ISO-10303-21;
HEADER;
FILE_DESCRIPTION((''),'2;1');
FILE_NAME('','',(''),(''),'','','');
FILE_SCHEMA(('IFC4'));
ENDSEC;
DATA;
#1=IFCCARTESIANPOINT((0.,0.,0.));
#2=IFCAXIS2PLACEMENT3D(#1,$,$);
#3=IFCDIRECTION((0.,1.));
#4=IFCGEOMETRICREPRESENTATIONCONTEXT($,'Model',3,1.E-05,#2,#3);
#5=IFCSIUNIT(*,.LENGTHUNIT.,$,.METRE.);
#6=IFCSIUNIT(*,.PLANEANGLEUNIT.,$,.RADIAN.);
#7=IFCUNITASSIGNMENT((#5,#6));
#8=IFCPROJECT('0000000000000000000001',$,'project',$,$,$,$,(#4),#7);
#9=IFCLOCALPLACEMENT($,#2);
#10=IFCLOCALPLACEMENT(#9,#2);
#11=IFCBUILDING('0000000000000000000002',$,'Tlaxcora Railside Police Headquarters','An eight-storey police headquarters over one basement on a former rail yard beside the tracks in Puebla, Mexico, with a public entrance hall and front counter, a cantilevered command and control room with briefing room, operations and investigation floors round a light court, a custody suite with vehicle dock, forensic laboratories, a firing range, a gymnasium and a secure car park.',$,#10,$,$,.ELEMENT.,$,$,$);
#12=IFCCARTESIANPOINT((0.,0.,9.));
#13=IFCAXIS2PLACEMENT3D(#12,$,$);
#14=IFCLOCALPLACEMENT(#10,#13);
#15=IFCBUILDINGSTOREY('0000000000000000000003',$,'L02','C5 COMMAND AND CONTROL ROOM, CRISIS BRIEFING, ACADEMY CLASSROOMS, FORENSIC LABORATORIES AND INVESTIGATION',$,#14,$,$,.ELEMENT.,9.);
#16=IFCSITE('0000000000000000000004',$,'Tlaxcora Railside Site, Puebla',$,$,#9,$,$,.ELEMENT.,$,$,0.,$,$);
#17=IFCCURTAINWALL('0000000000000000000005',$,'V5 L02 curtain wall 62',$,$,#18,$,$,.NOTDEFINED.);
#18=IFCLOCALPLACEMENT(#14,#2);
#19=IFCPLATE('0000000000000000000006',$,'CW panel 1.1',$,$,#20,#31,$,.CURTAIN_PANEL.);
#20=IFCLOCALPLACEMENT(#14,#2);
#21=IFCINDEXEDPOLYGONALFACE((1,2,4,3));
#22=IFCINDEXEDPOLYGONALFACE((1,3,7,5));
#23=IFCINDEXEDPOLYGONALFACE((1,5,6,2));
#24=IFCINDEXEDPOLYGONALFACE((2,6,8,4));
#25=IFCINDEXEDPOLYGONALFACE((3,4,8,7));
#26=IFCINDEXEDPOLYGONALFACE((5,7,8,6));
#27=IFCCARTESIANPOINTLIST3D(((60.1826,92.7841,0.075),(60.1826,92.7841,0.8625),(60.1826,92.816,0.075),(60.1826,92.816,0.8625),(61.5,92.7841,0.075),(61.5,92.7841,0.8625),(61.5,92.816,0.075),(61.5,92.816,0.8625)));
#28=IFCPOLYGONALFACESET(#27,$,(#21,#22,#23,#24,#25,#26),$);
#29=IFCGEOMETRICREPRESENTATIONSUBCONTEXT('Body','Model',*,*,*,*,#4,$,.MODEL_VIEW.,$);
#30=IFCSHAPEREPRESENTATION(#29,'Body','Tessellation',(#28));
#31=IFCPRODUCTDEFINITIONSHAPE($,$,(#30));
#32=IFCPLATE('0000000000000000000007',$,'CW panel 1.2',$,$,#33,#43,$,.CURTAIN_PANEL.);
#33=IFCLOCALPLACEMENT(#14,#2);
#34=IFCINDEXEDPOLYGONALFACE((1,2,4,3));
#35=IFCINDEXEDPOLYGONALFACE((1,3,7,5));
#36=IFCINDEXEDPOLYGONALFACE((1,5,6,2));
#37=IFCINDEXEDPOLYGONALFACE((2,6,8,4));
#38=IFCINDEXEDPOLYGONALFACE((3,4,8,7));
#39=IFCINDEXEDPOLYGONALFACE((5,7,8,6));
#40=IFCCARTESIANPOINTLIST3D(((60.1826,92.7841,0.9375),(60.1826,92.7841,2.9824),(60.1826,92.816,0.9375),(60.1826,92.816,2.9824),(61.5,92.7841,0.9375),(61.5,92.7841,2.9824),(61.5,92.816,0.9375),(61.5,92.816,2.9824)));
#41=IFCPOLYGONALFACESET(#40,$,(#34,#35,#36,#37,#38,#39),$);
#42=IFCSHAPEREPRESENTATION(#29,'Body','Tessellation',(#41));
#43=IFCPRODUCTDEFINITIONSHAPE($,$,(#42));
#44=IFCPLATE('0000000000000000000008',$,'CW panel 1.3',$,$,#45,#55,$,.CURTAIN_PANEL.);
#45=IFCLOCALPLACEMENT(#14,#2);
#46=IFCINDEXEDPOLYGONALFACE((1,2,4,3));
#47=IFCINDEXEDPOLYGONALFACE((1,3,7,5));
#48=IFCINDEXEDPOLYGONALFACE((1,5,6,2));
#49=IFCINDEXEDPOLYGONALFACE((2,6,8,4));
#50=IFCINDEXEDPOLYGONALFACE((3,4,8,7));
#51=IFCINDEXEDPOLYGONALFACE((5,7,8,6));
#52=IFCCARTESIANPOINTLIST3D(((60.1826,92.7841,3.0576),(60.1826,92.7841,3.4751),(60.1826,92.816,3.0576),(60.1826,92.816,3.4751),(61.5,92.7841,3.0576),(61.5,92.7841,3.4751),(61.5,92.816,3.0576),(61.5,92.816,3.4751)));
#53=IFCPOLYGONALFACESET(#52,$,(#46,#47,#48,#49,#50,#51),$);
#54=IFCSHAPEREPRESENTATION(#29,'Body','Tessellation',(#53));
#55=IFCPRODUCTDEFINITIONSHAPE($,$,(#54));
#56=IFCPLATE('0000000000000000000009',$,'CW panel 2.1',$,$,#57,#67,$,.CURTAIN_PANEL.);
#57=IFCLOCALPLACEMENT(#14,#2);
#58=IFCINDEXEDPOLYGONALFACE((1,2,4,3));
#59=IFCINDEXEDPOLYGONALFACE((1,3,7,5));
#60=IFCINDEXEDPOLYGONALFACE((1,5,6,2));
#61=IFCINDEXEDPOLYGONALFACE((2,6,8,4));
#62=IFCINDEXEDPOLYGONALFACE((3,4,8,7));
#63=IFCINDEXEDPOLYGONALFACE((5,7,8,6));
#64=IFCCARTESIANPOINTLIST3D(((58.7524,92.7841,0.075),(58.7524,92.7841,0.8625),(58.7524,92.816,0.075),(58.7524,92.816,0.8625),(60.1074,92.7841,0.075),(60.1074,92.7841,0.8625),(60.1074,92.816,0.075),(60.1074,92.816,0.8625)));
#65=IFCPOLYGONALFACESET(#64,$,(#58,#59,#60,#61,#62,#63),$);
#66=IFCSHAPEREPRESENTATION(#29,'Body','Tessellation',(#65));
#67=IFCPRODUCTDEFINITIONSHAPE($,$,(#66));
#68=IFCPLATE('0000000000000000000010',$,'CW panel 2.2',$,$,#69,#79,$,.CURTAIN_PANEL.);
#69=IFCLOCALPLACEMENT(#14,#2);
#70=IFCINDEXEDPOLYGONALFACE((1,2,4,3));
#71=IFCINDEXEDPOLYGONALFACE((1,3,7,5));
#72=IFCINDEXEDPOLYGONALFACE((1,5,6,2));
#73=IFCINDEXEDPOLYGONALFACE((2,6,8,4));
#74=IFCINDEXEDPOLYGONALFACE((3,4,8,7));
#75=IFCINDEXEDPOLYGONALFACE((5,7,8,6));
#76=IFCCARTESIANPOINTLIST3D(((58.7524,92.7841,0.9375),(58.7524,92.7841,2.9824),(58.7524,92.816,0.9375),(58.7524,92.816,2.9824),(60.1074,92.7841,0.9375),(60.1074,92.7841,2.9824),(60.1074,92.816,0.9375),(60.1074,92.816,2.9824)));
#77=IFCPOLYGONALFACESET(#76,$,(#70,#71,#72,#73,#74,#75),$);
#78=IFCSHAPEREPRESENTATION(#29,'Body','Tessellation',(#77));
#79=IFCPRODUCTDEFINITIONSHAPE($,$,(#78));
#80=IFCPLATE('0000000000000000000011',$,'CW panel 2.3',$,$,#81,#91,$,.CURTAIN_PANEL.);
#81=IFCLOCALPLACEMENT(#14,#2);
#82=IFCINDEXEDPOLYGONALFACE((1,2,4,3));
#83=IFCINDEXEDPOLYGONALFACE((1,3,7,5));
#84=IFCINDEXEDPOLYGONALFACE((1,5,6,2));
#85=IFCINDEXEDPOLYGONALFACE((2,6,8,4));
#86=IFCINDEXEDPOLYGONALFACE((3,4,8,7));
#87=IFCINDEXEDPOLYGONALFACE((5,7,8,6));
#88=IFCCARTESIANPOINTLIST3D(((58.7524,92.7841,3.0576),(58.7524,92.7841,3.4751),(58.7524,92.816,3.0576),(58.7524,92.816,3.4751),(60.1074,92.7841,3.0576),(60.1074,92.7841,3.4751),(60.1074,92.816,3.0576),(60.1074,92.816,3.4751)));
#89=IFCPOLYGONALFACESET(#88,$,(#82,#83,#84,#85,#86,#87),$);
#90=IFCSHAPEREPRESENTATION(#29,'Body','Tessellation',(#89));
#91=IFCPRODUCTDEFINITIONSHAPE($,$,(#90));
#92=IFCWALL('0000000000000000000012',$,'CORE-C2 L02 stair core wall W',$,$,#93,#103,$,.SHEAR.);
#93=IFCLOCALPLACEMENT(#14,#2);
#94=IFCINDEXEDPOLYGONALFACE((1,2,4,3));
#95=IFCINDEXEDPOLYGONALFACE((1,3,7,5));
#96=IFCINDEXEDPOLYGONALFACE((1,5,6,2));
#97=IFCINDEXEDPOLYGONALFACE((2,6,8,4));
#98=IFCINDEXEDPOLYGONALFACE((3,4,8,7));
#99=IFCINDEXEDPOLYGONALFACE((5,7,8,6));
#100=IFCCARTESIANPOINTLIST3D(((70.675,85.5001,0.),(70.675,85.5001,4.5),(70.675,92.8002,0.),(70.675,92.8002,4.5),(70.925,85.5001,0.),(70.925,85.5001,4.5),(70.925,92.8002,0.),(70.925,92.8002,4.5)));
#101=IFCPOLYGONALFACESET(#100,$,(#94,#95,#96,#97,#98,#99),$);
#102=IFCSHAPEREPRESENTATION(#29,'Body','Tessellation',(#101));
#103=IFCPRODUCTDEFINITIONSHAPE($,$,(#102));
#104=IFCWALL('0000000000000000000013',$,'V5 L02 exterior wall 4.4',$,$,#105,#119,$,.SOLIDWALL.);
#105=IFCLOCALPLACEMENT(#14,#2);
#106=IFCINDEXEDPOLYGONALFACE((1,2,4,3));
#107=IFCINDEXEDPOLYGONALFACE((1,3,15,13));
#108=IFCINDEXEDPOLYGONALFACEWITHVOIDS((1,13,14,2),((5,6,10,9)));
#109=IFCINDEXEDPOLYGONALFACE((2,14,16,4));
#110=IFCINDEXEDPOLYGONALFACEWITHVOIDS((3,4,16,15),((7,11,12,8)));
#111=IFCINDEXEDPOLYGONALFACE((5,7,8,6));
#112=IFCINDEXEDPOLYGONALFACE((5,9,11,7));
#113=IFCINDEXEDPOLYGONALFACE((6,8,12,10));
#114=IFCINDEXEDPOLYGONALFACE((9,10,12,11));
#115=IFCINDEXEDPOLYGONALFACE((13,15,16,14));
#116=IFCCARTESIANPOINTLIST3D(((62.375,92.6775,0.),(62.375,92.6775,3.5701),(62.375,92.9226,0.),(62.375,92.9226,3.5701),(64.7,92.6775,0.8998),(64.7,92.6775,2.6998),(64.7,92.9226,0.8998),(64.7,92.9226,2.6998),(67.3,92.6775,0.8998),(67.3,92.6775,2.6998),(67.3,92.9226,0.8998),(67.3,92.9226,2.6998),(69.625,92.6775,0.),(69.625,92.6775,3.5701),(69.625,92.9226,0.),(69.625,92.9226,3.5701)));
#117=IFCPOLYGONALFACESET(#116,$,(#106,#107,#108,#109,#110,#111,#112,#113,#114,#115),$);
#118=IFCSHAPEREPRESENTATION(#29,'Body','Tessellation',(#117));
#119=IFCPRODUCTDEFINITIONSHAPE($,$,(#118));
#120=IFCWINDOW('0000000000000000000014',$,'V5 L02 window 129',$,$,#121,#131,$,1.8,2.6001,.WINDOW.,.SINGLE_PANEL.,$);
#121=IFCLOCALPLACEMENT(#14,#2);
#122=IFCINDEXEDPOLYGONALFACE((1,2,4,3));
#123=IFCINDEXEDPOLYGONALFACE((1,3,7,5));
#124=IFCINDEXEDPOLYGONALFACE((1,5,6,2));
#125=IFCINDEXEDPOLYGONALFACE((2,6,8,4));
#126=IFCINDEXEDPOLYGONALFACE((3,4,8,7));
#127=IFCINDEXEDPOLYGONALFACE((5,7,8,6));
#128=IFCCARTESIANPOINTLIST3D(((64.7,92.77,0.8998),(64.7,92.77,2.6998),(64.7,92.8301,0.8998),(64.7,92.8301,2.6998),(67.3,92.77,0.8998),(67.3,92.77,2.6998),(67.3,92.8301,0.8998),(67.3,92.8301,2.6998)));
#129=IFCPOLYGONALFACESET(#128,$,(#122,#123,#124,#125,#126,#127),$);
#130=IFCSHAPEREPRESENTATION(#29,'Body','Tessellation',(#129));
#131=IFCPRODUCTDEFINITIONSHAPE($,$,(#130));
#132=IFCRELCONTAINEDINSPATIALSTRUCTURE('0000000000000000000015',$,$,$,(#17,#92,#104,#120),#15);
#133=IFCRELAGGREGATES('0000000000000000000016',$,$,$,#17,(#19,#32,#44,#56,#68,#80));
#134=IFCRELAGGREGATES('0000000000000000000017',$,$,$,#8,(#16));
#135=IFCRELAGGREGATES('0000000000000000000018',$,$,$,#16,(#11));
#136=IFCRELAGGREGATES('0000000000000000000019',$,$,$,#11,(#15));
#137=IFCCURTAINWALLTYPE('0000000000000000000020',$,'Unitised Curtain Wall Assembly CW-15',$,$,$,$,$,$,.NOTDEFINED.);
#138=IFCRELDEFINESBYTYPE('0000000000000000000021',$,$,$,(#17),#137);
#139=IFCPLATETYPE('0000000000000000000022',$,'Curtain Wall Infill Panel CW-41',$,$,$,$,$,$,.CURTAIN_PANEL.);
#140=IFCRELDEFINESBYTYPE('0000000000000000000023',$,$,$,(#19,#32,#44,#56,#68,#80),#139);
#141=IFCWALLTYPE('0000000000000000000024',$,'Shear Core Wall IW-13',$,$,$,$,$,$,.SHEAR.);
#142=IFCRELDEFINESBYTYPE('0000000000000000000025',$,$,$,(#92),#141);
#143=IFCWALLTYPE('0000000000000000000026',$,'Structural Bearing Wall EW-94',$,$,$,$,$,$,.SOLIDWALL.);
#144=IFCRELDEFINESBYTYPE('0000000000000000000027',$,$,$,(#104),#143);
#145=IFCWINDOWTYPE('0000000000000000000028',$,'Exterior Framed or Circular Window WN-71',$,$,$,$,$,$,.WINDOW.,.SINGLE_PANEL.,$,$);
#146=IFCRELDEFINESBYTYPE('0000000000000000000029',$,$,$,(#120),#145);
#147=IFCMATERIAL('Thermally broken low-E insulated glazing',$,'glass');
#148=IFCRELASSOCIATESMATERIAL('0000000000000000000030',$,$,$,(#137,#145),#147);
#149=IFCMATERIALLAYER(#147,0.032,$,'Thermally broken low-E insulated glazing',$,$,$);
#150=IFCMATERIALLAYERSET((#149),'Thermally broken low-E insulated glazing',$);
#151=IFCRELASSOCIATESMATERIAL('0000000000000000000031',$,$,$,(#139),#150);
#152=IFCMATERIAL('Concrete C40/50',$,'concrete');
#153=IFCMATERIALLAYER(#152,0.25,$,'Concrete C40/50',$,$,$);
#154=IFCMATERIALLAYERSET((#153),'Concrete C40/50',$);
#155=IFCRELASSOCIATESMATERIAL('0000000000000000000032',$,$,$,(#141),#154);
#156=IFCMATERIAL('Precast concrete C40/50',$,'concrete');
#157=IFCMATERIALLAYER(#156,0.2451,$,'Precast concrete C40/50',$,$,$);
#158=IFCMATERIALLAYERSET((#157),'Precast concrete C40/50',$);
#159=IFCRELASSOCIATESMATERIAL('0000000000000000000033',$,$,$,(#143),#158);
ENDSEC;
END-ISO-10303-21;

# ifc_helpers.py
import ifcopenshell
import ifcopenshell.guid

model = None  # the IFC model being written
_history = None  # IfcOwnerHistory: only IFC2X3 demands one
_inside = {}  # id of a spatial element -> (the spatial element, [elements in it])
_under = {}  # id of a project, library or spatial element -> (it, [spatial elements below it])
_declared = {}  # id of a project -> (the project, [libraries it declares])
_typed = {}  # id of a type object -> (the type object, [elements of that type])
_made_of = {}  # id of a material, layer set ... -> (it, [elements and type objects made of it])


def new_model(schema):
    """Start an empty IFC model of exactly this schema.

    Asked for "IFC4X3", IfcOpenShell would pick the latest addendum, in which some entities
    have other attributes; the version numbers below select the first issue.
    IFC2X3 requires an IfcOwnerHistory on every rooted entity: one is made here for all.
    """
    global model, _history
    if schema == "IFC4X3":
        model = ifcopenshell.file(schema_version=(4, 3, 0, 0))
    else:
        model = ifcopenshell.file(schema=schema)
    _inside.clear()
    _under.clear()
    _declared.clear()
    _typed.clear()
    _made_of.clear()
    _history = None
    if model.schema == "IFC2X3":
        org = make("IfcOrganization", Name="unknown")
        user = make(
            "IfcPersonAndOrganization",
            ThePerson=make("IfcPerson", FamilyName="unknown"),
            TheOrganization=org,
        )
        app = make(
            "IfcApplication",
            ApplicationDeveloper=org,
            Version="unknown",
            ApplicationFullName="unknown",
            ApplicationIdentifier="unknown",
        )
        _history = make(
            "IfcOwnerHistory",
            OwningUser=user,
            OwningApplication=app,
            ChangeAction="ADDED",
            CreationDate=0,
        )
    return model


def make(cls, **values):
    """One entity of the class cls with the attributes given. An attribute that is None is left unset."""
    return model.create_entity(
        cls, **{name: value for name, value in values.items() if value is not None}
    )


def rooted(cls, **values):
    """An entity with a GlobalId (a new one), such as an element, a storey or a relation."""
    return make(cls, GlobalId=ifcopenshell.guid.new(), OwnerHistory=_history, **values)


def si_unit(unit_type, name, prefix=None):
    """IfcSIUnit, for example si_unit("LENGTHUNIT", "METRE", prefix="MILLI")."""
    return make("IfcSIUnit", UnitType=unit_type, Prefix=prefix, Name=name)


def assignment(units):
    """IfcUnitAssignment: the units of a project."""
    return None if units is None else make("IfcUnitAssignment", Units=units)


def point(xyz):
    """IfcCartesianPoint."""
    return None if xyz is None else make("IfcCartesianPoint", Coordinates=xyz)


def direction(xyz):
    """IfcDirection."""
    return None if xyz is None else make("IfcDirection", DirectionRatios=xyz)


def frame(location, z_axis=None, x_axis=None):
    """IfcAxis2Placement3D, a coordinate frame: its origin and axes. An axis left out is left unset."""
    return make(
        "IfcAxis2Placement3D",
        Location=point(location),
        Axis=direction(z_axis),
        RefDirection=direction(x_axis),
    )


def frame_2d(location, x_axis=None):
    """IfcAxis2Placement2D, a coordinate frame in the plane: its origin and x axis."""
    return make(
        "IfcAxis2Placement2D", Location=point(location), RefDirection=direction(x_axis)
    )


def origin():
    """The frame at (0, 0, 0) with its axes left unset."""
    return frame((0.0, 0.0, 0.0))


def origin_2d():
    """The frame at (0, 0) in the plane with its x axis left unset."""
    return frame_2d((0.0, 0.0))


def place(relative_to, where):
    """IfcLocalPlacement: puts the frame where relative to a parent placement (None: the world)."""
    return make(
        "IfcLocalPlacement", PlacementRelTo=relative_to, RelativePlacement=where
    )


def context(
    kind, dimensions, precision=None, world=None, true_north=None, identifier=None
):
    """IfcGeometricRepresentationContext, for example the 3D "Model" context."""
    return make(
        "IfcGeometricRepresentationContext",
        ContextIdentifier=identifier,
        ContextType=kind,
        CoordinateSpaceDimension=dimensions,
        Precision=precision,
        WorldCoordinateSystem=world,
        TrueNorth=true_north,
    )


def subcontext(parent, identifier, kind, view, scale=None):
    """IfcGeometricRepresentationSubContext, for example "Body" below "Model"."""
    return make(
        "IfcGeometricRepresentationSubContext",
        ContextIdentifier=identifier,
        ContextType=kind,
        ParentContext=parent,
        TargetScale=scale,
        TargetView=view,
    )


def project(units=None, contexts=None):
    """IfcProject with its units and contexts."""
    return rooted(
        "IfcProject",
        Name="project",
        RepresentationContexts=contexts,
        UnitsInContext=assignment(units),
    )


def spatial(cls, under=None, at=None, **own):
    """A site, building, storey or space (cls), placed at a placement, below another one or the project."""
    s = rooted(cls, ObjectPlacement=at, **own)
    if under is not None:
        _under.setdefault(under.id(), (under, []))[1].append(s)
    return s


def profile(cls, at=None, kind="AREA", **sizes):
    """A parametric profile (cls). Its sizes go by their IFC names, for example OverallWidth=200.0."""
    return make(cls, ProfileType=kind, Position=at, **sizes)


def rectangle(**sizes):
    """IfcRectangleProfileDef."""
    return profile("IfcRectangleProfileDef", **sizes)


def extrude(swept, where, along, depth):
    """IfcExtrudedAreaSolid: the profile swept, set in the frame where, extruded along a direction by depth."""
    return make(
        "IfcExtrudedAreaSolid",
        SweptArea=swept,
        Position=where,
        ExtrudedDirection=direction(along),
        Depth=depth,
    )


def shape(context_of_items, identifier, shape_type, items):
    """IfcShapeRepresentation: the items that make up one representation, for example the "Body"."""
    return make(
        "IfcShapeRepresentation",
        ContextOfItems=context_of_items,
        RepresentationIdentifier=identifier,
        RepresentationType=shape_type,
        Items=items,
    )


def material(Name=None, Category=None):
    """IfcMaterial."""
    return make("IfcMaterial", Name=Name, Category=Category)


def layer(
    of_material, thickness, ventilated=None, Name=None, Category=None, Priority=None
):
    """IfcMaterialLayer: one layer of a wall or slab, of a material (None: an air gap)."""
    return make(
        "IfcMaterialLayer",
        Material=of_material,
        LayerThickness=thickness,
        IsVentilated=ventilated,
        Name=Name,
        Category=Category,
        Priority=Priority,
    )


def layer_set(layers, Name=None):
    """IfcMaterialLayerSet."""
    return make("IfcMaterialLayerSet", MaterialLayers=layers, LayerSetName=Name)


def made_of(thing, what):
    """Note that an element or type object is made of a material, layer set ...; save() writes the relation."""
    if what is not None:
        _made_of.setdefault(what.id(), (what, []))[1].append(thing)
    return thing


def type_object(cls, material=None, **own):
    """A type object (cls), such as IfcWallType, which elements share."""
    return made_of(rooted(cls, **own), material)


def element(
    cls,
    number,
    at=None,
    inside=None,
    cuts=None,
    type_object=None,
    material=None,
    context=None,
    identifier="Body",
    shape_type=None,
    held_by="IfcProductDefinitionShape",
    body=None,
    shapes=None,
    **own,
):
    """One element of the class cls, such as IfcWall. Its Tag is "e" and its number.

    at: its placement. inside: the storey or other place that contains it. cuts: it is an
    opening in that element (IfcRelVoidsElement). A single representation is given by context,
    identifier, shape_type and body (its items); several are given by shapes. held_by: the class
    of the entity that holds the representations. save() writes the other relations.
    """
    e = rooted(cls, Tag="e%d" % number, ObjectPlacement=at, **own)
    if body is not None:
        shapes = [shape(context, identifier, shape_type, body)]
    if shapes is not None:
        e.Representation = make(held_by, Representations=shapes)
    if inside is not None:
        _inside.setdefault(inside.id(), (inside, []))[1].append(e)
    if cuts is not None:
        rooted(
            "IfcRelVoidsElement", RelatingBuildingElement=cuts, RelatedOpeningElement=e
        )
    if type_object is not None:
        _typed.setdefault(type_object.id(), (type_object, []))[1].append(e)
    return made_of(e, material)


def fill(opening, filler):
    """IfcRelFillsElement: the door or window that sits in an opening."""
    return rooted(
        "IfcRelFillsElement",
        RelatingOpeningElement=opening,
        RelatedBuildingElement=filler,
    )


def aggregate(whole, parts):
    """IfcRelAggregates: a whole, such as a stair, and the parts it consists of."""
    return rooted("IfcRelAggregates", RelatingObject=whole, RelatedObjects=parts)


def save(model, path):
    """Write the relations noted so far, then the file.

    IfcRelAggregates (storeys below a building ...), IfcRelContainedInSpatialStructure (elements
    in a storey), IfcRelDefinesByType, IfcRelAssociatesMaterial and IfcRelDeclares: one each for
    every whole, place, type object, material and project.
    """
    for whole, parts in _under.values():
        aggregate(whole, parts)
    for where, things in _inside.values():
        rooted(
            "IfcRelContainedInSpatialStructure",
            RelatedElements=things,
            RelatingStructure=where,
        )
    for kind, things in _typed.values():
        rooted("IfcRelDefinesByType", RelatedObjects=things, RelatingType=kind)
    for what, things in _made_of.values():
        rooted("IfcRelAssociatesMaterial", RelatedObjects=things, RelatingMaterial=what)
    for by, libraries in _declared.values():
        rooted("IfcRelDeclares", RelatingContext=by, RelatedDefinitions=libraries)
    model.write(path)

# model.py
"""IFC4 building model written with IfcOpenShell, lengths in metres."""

from ifc_helpers import new_model, si_unit, direction, frame, frame_2d, origin, origin_2d, place, context, subcontext, project, spatial, rectangle, extrude, material, layer, layer_set, type_object, element, fill, aggregate, save


model = new_model("IFC4")

# Units and contexts
model_context = context("Model", 3, precision=1e-05, world=origin(), true_north=direction((0.0, 1.0)))
body_context = subcontext(model_context, "Body", "Model", "MODEL_VIEW")
ifc_project = project(units=[si_unit("LENGTHUNIT", "METRE"), si_unit("PLANEANGLEUNIT", "RADIAN")], contexts=[model_context])

# Site, building, storey
site_placement = place(None, origin())
site = spatial("IfcSite", under=ifc_project, at=site_placement, Name="Tlaxcora Railside Site, Puebla", CompositionType="ELEMENT", RefElevation=0.0)
building_placement = place(site_placement, origin())
building = spatial("IfcBuilding", under=site, at=building_placement, Name="Tlaxcora Railside Police Headquarters", Description="An eight-storey police headquarters over one basement on a former rail yard beside the tracks in Puebla, Mexico, with a public entrance hall and front counter, a cantilevered command and control room with briefing room, operations and investigation floors round a light court, a custody suite with vehicle dock, forensic laboratories, a firing range, a gymnasium and a secure car park.", CompositionType="ELEMENT")
storey_placement = place(building_placement, frame((0.0, 0.0, 9.0)))
storey = spatial("IfcBuildingStorey", under=building, at=storey_placement, Name="L02", Description="C5 COMMAND AND CONTROL ROOM, CRISIS BRIEFING, ACADEMY CLASSROOMS, FORENSIC LABORATORIES AND INVESTIGATION", CompositionType="ELEMENT", Elevation=9.0)

# Shared definitions
ifc_material_1 = material(Name="Concrete C40/50", Category="concrete")

# Curtain wall
ifc_material_2 = material(Name="Thermally broken low-E insulated glazing", Category="glass")
curtain_wall_type = type_object("IfcCurtainWallType", Name="Unitised Curtain Wall Assembly CW-15", PredefinedType="NOTDEFINED", material=ifc_material_2)
curtain_wall_placement = place(storey_placement, origin())
curtain_wall = element("IfcCurtainWall", 1, at=curtain_wall_placement, inside=storey, type_object=curtain_wall_type, Name="V5 L02 curtain wall 62", PredefinedType="NOTDEFINED")

# Plates
ifc_layer_1 = layer(ifc_material_2, 0.032, Name="Thermally broken low-E insulated glazing")
ifc_layer_set_1 = layer_set([ifc_layer_1], Name="Thermally broken low-E insulated glazing")
plate_type = type_object("IfcPlateType", Name="Curtain Wall Infill Panel CW-41", PredefinedType="CURTAIN_PANEL", material=ifc_layer_set_1)
plate_1_placement = place(storey_placement, frame((60.8413, 92.8, 0.075), z_axis=(0.0, 0.0, 1.0), x_axis=(-1.0, 0.0, 0.0)))
plate_1 = element("IfcPlate", 2, at=plate_1_placement, type_object=plate_type, Name="CW panel 1.1", PredefinedType="CURTAIN_PANEL", context=body_context, shape_type="SweptSolid", body=[
    extrude(rectangle(XDim=1.3174, YDim=0.032, at=origin_2d()), origin(), (0.0, 0.0, 1.0), 0.7876),
])
plate_2_placement = place(storey_placement, frame((60.8413, 92.8, 0.9375), z_axis=(0.0, 0.0, 1.0), x_axis=(-1.0, 0.0, 0.0)))
plate_2 = element("IfcPlate", 3, at=plate_2_placement, type_object=plate_type, Name="CW panel 1.2", PredefinedType="CURTAIN_PANEL", context=body_context, shape_type="SweptSolid", body=[
    extrude(rectangle(XDim=1.3174, YDim=0.032, at=origin_2d()), origin(), (0.0, 0.0, 1.0), 2.0449),
])
plate_3_placement = place(storey_placement, frame((60.8413, 92.8, 3.0576), z_axis=(0.0, 0.0, 1.0), x_axis=(-1.0, 0.0, 0.0)))
plate_3 = element("IfcPlate", 4, at=plate_3_placement, type_object=plate_type, Name="CW panel 1.3", PredefinedType="CURTAIN_PANEL", context=body_context, shape_type="SweptSolid", body=[
    extrude(rectangle(XDim=1.3174, YDim=0.032, at=origin_2d()), origin(), (0.0, 0.0, 1.0), 0.4175),
])
plate_4_placement = place(storey_placement, frame((59.4299, 92.8, 0.075), z_axis=(0.0, 0.0, 1.0), x_axis=(-1.0, 0.0, 0.0)))
plate_4 = element("IfcPlate", 5, at=plate_4_placement, type_object=plate_type, Name="CW panel 2.1", PredefinedType="CURTAIN_PANEL", context=body_context, shape_type="SweptSolid", body=[
    extrude(rectangle(XDim=1.355, YDim=0.032, at=origin_2d()), origin(), (0.0, 0.0, 1.0), 0.7876),
])
plate_5_placement = place(storey_placement, frame((59.4299, 92.8, 0.9375), z_axis=(0.0, 0.0, 1.0), x_axis=(-1.0, 0.0, 0.0)))
plate_5 = element("IfcPlate", 6, at=plate_5_placement, type_object=plate_type, Name="CW panel 2.2", PredefinedType="CURTAIN_PANEL", context=body_context, shape_type="SweptSolid", body=[
    extrude(rectangle(XDim=1.355, YDim=0.032, at=origin_2d()), origin(), (0.0, 0.0, 1.0), 2.0449),
])
plate_6_placement = place(storey_placement, frame((59.4299, 92.8, 3.0576), z_axis=(0.0, 0.0, 1.0), x_axis=(-1.0, 0.0, 0.0)))
plate_6 = element("IfcPlate", 7, at=plate_6_placement, type_object=plate_type, Name="CW panel 2.3", PredefinedType="CURTAIN_PANEL", context=body_context, shape_type="SweptSolid", body=[
    extrude(rectangle(XDim=1.355, YDim=0.032, at=origin_2d()), origin(), (0.0, 0.0, 1.0), 0.4175),
])
aggregate(curtain_wall, [plate_1, plate_2, plate_3, plate_4, plate_5, plate_6])

# Wall
ifc_layer_2 = layer(ifc_material_1, 0.25, Name="Concrete C40/50")
ifc_layer_set_2 = layer_set([ifc_layer_2], Name="Concrete C40/50")
wall_type_1 = type_object("IfcWallType", Name="Shear Core Wall IW-13", PredefinedType="SHEAR", material=ifc_layer_set_2)
wall_1_placement = place(storey_placement, frame((70.8, 92.8, 0.0), z_axis=(0.0, 0.0, 1.0), x_axis=(0.0, -1.0, 0.0)))
element("IfcWall", 8, at=wall_1_placement, inside=storey, type_object=wall_type_1, Name="CORE-C2 L02 stair core wall W", PredefinedType="SHEAR", context=body_context, shape_type="SweptSolid", body=[
    extrude(rectangle(XDim=7.3, YDim=0.25, at=frame_2d((3.6499, 0.0))), origin(), (0.0, 0.0, 1.0), 4.5),
])

# Wall, opening, window
ifc_material_3 = material(Name="Precast concrete C40/50", Category="concrete")
ifc_layer_3 = layer(ifc_material_3, 0.2451, Name="Precast concrete C40/50")
ifc_layer_set_3 = layer_set([ifc_layer_3], Name="Precast concrete C40/50")
wall_type_2 = type_object("IfcWallType", Name="Structural Bearing Wall EW-94", PredefinedType="SOLIDWALL", material=ifc_layer_set_3)
wall_2_placement = place(storey_placement, frame((69.625, 92.8, 0.0), z_axis=(0.0, 0.0, 1.0), x_axis=(-1.0, 0.0, 0.0)))
wall_2 = element("IfcWall", 9, at=wall_2_placement, inside=storey, type_object=wall_type_2, Name="V5 L02 exterior wall 4.4", PredefinedType="SOLIDWALL", context=body_context, shape_type="SweptSolid", body=[
    extrude(rectangle(XDim=7.25, YDim=0.2451, at=frame_2d((3.625, 0.0))), origin(), (0.0, 0.0, 1.0), 3.5701),
])
opening_placement = place(wall_2_placement, frame((2.325, 0.0, 0.8999)))
opening = element("IfcOpeningElement", 10, at=opening_placement, cuts=wall_2, PredefinedType="OPENING", context=body_context, shape_type="SweptSolid", body=[
    extrude(rectangle(XDim=2.6001, YDim=1.8, at=frame_2d((1.3, 0.8999))), frame((0.0, 0.1326, 0.0), z_axis=(0.0, -1.0, 0.0), x_axis=(1.0, 0.0, 0.0)), (0.0, 0.0, 1.0), 0.2651),
])
window_type = type_object("IfcWindowType", Name="Exterior Framed or Circular Window WN-71", PartitioningType="SINGLE_PANEL", PredefinedType="WINDOW", material=ifc_material_2)
window_placement = place(opening_placement, origin())
window = element("IfcWindow", 11, at=window_placement, inside=storey, type_object=window_type, Name="V5 L02 window 129", OverallHeight=1.8, OverallWidth=2.6001, PartitioningType="SINGLE_PANEL", PredefinedType="WINDOW", context=body_context, shape_type="SweptSolid", body=[
    extrude(rectangle(XDim=2.6001, YDim=1.8, at=frame_2d((1.3, 0.8999))), frame((0.0, 0.03, 0.0), z_axis=(0.0, -1.0, 0.0), x_axis=(1.0, 0.0, 0.0)), (0.0, 0.0, 1.0), 0.0601),
])
fill(opening, window)

save(model, "model.ifc")
